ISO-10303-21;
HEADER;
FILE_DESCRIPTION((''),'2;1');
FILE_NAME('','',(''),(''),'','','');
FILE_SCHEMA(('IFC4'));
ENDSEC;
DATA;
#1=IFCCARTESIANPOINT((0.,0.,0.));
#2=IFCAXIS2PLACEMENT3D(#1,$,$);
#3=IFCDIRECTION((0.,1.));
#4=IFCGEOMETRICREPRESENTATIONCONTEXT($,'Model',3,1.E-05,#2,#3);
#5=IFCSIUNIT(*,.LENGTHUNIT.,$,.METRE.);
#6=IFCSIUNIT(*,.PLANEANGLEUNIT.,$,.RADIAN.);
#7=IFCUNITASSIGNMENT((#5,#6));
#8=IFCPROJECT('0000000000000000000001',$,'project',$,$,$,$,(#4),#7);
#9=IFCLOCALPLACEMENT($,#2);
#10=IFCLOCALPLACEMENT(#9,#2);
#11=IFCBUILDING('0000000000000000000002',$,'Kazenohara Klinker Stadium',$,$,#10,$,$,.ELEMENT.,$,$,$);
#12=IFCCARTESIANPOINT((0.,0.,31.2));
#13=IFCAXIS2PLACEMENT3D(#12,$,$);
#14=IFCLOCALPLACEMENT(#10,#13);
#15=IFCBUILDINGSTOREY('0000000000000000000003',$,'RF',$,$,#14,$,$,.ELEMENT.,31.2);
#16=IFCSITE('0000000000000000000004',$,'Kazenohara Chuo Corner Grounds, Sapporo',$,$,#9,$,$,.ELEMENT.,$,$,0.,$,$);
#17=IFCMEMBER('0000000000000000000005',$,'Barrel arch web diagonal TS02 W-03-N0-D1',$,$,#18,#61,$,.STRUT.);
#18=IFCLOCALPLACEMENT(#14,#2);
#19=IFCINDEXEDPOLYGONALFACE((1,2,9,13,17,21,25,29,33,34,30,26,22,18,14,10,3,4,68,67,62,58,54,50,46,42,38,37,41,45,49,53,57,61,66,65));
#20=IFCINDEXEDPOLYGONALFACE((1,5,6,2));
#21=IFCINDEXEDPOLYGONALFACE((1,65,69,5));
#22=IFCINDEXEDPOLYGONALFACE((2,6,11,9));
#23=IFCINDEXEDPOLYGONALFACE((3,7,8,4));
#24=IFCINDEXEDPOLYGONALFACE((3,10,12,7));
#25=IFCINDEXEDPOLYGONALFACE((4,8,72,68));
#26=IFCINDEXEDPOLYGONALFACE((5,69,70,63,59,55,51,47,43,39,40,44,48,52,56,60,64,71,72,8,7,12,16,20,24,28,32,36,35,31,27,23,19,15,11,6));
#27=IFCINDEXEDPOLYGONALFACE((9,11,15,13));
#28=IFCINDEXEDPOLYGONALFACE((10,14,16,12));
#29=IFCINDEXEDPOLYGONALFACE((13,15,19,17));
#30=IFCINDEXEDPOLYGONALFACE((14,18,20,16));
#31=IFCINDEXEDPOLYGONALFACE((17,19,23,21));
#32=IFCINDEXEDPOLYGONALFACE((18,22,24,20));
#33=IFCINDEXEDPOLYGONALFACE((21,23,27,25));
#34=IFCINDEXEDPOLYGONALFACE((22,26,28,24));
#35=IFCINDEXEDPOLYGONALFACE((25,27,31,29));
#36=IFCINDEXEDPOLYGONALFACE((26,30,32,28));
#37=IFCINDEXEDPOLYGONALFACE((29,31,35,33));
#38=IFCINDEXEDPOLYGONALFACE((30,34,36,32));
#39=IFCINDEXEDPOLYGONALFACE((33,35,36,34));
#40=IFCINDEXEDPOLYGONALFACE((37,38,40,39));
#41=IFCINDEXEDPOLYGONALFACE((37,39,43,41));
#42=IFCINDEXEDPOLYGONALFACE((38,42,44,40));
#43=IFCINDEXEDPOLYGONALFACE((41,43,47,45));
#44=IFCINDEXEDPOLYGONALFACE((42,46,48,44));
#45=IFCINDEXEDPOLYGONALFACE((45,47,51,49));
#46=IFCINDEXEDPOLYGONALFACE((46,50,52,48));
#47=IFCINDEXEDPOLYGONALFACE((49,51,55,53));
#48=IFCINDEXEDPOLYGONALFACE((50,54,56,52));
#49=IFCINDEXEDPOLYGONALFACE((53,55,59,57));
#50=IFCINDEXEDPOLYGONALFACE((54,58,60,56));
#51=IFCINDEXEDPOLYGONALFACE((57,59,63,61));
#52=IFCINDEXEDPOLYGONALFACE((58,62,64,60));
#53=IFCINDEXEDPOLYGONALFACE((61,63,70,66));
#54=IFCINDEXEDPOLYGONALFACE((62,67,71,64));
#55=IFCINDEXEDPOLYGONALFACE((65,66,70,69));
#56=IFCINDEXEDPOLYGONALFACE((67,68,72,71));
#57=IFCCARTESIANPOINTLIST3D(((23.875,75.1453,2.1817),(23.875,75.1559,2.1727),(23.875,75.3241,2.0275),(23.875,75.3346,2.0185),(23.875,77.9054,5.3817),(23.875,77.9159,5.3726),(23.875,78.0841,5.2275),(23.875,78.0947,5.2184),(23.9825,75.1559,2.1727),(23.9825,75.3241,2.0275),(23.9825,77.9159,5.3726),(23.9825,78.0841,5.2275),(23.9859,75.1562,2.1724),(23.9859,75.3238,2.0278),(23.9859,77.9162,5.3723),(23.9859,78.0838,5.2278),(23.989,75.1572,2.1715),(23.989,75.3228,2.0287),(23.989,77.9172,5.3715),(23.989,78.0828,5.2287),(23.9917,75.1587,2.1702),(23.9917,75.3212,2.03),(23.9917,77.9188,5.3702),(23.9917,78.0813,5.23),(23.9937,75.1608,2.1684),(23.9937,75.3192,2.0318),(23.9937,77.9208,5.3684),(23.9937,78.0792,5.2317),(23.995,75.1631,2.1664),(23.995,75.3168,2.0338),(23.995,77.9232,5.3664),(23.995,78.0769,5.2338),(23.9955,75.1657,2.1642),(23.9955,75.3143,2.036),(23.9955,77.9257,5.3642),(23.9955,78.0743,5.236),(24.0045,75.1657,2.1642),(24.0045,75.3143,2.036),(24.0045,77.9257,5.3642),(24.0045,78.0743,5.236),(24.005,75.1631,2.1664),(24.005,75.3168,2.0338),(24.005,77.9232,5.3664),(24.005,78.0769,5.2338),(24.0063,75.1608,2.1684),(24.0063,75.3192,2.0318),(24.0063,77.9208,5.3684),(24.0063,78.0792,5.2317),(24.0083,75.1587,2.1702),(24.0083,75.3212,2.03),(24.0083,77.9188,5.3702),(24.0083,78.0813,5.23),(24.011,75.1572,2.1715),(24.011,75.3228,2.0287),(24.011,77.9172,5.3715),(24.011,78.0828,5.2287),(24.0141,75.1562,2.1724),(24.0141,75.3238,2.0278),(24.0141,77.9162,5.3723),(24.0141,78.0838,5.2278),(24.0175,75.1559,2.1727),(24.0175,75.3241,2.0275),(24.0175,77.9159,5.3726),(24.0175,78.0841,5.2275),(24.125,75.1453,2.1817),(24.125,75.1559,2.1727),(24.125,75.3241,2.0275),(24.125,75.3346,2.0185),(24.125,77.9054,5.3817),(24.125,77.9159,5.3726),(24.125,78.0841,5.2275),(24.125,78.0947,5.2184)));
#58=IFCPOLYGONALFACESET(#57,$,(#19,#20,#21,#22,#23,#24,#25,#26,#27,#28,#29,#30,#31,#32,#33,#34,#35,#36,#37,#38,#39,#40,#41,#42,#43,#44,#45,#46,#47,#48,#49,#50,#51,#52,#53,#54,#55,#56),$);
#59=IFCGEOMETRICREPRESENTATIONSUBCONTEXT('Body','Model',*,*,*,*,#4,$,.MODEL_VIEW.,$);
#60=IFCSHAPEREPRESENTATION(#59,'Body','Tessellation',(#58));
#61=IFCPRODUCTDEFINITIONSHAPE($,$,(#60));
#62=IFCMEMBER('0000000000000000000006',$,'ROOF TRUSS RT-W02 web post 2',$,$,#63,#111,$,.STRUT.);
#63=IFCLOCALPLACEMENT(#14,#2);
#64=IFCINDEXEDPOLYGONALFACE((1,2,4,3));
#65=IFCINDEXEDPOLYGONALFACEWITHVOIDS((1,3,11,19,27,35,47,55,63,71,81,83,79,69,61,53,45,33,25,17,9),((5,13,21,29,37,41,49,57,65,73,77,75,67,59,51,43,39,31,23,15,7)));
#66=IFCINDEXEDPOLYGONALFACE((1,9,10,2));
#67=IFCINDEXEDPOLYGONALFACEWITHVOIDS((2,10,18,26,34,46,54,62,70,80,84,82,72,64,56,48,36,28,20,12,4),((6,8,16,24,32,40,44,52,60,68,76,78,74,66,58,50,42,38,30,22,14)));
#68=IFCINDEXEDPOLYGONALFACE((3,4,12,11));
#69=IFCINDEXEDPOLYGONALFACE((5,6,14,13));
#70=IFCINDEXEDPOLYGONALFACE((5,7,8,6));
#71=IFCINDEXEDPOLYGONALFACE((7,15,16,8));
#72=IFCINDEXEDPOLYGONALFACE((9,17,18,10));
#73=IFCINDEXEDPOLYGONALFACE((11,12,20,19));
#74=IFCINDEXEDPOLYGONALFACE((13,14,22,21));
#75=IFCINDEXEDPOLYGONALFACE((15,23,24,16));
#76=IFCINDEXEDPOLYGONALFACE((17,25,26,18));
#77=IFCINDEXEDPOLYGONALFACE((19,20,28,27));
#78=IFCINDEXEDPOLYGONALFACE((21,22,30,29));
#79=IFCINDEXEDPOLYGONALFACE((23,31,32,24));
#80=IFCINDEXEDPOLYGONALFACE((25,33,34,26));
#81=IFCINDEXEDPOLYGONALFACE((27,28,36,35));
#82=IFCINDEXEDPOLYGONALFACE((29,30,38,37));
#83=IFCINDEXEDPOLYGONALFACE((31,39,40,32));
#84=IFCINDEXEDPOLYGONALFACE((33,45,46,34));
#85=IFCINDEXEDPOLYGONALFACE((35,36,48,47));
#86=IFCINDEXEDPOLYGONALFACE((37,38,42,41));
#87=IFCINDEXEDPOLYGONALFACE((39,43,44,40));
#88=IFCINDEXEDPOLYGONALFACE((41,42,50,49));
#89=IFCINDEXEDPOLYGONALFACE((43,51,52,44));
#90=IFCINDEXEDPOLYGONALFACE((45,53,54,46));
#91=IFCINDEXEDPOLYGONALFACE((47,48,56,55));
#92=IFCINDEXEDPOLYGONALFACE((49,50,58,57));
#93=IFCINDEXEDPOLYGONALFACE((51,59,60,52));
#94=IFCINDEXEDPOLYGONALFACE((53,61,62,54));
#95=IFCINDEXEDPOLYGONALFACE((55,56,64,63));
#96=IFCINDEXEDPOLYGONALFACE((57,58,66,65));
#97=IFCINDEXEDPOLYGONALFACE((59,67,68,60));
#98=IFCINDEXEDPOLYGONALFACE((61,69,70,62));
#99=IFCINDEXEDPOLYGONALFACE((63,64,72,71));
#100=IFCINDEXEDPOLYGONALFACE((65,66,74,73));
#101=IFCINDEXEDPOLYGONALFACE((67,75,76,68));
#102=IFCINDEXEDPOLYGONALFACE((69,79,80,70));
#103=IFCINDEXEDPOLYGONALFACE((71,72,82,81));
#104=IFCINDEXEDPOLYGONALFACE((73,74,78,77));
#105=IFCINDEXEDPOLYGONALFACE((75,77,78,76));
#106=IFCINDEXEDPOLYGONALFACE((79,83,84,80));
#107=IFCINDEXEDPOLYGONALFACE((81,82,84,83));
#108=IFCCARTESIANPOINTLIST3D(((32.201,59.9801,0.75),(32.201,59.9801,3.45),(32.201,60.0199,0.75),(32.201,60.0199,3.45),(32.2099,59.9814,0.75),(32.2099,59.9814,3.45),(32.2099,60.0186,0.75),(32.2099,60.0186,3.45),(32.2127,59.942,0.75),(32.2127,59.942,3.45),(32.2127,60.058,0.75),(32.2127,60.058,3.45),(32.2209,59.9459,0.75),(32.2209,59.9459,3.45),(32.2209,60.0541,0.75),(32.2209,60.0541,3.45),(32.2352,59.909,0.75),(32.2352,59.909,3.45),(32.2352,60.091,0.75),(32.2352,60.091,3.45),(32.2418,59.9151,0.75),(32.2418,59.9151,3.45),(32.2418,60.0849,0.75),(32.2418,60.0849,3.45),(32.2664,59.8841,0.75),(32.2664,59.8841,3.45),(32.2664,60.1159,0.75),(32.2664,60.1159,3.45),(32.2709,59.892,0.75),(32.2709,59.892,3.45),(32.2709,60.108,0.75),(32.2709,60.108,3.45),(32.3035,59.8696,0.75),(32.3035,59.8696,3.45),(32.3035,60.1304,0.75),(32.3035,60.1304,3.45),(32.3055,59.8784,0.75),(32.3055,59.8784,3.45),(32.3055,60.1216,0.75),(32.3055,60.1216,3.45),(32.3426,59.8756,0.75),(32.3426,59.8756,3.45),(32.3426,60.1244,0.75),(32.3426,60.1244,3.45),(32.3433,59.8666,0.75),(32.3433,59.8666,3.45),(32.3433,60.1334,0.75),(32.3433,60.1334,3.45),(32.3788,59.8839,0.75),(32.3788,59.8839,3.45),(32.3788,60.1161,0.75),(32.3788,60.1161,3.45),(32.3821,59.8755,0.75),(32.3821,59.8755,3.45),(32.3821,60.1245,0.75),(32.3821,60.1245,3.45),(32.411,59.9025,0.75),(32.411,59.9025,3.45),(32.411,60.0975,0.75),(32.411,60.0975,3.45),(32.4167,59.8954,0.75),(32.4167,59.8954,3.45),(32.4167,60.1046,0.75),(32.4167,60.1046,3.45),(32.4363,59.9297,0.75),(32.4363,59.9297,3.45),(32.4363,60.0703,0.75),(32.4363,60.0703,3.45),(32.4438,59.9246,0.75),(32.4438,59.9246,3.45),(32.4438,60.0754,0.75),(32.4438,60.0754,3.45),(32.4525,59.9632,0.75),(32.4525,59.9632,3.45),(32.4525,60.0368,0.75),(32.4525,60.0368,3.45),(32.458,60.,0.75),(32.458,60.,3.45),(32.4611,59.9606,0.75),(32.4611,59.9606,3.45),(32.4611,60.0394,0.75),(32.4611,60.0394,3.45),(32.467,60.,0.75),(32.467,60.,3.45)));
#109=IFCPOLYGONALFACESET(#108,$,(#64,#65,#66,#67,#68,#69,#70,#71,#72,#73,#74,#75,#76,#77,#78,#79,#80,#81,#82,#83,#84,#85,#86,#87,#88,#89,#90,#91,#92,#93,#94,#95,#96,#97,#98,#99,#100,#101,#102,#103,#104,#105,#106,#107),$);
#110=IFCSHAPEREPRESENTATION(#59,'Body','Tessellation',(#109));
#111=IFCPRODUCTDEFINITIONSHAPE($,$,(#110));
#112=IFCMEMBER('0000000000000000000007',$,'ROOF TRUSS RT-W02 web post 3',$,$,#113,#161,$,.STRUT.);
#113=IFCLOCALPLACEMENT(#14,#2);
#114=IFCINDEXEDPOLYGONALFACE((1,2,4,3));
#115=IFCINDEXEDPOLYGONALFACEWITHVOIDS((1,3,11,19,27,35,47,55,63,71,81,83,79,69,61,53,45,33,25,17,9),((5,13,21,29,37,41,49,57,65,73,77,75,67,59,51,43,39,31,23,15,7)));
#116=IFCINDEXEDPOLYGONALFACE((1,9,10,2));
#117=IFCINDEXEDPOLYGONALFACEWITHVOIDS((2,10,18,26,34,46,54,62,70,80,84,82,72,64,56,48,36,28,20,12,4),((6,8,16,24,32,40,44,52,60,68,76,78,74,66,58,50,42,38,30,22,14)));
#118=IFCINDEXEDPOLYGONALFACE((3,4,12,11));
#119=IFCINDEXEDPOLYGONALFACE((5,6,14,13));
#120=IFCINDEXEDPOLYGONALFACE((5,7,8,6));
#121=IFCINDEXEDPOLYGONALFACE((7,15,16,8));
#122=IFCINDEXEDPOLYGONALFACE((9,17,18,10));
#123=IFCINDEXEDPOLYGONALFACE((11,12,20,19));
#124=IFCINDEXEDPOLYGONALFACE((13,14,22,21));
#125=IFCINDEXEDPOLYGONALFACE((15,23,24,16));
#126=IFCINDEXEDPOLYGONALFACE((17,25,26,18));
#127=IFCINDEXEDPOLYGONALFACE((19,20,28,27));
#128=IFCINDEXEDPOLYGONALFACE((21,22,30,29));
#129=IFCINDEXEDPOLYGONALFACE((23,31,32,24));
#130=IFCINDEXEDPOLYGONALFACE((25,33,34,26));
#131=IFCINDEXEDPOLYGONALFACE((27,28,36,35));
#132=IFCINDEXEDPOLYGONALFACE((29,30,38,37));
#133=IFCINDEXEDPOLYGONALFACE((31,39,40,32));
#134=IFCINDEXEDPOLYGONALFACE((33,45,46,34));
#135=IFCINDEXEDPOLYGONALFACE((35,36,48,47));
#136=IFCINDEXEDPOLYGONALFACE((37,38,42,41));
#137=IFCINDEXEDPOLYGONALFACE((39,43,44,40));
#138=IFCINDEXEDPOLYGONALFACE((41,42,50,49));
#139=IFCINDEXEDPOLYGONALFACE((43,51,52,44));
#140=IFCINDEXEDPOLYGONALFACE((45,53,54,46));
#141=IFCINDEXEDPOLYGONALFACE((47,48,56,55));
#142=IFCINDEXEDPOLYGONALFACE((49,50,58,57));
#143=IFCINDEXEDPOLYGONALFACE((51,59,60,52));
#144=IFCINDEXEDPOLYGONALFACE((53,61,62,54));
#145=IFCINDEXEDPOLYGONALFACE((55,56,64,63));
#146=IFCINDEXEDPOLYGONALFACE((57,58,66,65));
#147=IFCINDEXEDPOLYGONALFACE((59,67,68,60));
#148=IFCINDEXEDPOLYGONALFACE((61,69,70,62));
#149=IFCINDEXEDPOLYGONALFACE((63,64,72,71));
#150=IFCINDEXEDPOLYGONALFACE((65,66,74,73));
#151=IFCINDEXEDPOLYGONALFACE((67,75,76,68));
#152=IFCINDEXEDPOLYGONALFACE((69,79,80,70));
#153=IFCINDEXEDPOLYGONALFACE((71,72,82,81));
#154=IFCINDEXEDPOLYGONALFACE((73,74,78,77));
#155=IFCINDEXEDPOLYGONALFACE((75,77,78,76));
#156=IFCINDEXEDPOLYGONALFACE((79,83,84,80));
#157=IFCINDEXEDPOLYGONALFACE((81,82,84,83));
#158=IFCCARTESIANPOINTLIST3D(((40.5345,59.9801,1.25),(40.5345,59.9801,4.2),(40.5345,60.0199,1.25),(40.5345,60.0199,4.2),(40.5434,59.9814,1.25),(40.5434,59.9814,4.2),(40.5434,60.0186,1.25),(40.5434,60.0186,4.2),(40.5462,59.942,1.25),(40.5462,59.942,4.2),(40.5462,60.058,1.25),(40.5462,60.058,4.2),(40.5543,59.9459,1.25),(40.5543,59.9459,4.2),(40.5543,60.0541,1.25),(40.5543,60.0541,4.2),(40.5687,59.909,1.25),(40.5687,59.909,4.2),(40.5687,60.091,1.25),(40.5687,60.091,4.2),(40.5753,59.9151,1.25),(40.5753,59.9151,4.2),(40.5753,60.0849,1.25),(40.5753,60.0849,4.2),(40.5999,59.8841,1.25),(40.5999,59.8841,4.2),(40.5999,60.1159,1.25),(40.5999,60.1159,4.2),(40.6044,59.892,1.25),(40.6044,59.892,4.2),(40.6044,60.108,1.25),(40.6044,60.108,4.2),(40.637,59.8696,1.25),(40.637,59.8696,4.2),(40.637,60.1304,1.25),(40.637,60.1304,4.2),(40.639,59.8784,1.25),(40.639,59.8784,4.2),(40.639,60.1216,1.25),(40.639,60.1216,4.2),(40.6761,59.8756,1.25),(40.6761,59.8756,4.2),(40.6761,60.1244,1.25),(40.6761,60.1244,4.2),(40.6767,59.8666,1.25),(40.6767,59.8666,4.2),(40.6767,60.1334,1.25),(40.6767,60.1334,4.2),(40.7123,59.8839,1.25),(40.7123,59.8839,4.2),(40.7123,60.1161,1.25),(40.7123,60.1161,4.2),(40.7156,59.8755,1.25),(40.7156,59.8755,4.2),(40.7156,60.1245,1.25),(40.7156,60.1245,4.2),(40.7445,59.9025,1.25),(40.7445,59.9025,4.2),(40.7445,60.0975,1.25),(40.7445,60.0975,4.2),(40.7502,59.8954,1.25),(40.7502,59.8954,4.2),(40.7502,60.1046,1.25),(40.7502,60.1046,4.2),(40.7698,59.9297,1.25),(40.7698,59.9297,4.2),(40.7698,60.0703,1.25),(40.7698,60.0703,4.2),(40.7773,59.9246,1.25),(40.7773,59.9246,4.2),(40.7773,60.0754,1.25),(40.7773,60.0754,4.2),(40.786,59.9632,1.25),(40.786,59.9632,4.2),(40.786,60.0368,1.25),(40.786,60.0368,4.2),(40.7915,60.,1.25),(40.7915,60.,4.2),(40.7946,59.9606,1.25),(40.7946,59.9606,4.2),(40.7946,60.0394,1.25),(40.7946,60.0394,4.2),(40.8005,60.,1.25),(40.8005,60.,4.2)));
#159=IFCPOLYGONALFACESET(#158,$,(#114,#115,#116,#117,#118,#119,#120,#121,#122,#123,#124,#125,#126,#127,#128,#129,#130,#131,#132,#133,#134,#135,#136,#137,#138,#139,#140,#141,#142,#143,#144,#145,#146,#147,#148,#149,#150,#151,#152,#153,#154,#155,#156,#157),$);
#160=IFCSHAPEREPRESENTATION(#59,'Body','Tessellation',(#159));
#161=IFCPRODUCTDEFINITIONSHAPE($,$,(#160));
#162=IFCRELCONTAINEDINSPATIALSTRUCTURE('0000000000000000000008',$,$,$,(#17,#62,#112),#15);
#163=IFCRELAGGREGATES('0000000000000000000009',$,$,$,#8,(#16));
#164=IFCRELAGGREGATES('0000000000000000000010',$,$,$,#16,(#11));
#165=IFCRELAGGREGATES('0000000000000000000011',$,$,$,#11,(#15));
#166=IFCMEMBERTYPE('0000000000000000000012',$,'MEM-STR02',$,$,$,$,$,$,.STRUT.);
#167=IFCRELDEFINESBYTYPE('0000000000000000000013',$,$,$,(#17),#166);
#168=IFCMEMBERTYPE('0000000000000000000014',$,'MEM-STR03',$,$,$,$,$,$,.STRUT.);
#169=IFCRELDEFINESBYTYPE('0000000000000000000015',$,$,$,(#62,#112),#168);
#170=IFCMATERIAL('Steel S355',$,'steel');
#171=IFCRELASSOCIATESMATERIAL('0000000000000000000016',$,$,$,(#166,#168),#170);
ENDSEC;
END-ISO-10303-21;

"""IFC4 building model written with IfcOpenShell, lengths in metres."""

from ifc_helpers import new_model, si_unit, direction, frame, origin, origin_2d, place, context, subcontext, project, spatial, hollow_circle, i_section, extrude, material, material_profile, profile_set, type_object, element, save


model = new_model("IFC4")

# Units and contexts
model_context = context("Model", 3, precision=1e-05, world=origin(), true_north=direction((0.0, 1.0)))
body_context = subcontext(model_context, "Body", "Model", "MODEL_VIEW")
ifc_project = project(units=[si_unit("LENGTHUNIT", "METRE"), si_unit("PLANEANGLEUNIT", "RADIAN")], contexts=[model_context])

# Site, building, storey
site_placement = place(None, origin())
site = spatial("IfcSite", under=ifc_project, at=site_placement, Name="Kazenohara Chuo Corner Grounds, Sapporo", CompositionType="ELEMENT", RefElevation=0.0)
building_placement = place(site_placement, origin())
building = spatial("IfcBuilding", under=site, at=building_placement, Name="Kazenohara Klinker Stadium", CompositionType="ELEMENT")
storey_placement = place(building_placement, frame((0.0, 0.0, 31.2)))
storey = spatial("IfcBuildingStorey", under=building, at=storey_placement, Name="RF", CompositionType="ELEMENT", Elevation=31.2)

# Members
ifc_material_1 = material(Name="Steel S355", Category="steel")
ifc_material_profile_1 = material_profile(ifc_material_1, i_section(OverallWidth=0.25, OverallDepth=0.25, WebThickness=0.009, FlangeThickness=0.0139, FilletRadius=0.0129, at=origin_2d()), Name="H-250x250x9x14")
ifc_profile_set_1 = profile_set([ifc_material_profile_1], Name="Steel S355")
member_type_1 = type_object("IfcMemberType", Name="MEM-STR02", PredefinedType="STRUT", material=ifc_profile_set_1)
member_1_placement = place(storey_placement, frame((24.0, 75.24, 2.1001), z_axis=(0.0, 0.653134, 0.757242), x_axis=(-1.0, 0.0, 0.0)))
element("IfcMember", 1, at=member_1_placement, inside=storey, type_object=member_type_1, Name="Barrel arch web diagonal TS02 W-03-N0-D1", PredefinedType="STRUT", context=body_context, shape_type="SweptSolid", body=[
    extrude(i_section(OverallWidth=0.25, OverallDepth=0.25, WebThickness=0.009, FlangeThickness=0.0139, FilletRadius=0.0129, at=origin_2d()), origin(), (0.0, 0.0, 1.0), 4.2258),
])
ifc_material_profile_2 = material_profile(ifc_material_1, hollow_circle(Radius=0.1338, WallThickness=0.009, at=origin_2d()), Name="CHS-267.4x9")
ifc_profile_set_2 = profile_set([ifc_material_profile_2], Name="Steel S355")
member_type_2 = type_object("IfcMemberType", Name="MEM-STR03", PredefinedType="STRUT", material=ifc_profile_set_2)
member_2_placement = place(storey_placement, frame((32.3333, 60.0, 0.75), z_axis=(0.0, 0.0, 1.0), x_axis=(1.0, 0.0, 0.0)))
element("IfcMember", 2, at=member_2_placement, inside=storey, type_object=member_type_2, Name="ROOF TRUSS RT-W02 web post 2", PredefinedType="STRUT", context=body_context, shape_type="SweptSolid", body=[
    extrude(hollow_circle(Radius=0.1338, WallThickness=0.009, at=origin_2d()), origin(), (0.0, 0.0, 1.0), 2.7),
])
member_3_placement = place(storey_placement, frame((40.6667, 60.0, 1.25), z_axis=(0.0, 0.0, 1.0), x_axis=(1.0, 0.0, 0.0)))
element("IfcMember", 3, at=member_3_placement, inside=storey, type_object=member_type_2, Name="ROOF TRUSS RT-W02 web post 3", PredefinedType="STRUT", context=body_context, shape_type="SweptSolid", body=[
    extrude(hollow_circle(Radius=0.1338, WallThickness=0.009, at=origin_2d()), origin(), (0.0, 0.0, 1.0), 2.95),
])

save(model, "model.ifc")
